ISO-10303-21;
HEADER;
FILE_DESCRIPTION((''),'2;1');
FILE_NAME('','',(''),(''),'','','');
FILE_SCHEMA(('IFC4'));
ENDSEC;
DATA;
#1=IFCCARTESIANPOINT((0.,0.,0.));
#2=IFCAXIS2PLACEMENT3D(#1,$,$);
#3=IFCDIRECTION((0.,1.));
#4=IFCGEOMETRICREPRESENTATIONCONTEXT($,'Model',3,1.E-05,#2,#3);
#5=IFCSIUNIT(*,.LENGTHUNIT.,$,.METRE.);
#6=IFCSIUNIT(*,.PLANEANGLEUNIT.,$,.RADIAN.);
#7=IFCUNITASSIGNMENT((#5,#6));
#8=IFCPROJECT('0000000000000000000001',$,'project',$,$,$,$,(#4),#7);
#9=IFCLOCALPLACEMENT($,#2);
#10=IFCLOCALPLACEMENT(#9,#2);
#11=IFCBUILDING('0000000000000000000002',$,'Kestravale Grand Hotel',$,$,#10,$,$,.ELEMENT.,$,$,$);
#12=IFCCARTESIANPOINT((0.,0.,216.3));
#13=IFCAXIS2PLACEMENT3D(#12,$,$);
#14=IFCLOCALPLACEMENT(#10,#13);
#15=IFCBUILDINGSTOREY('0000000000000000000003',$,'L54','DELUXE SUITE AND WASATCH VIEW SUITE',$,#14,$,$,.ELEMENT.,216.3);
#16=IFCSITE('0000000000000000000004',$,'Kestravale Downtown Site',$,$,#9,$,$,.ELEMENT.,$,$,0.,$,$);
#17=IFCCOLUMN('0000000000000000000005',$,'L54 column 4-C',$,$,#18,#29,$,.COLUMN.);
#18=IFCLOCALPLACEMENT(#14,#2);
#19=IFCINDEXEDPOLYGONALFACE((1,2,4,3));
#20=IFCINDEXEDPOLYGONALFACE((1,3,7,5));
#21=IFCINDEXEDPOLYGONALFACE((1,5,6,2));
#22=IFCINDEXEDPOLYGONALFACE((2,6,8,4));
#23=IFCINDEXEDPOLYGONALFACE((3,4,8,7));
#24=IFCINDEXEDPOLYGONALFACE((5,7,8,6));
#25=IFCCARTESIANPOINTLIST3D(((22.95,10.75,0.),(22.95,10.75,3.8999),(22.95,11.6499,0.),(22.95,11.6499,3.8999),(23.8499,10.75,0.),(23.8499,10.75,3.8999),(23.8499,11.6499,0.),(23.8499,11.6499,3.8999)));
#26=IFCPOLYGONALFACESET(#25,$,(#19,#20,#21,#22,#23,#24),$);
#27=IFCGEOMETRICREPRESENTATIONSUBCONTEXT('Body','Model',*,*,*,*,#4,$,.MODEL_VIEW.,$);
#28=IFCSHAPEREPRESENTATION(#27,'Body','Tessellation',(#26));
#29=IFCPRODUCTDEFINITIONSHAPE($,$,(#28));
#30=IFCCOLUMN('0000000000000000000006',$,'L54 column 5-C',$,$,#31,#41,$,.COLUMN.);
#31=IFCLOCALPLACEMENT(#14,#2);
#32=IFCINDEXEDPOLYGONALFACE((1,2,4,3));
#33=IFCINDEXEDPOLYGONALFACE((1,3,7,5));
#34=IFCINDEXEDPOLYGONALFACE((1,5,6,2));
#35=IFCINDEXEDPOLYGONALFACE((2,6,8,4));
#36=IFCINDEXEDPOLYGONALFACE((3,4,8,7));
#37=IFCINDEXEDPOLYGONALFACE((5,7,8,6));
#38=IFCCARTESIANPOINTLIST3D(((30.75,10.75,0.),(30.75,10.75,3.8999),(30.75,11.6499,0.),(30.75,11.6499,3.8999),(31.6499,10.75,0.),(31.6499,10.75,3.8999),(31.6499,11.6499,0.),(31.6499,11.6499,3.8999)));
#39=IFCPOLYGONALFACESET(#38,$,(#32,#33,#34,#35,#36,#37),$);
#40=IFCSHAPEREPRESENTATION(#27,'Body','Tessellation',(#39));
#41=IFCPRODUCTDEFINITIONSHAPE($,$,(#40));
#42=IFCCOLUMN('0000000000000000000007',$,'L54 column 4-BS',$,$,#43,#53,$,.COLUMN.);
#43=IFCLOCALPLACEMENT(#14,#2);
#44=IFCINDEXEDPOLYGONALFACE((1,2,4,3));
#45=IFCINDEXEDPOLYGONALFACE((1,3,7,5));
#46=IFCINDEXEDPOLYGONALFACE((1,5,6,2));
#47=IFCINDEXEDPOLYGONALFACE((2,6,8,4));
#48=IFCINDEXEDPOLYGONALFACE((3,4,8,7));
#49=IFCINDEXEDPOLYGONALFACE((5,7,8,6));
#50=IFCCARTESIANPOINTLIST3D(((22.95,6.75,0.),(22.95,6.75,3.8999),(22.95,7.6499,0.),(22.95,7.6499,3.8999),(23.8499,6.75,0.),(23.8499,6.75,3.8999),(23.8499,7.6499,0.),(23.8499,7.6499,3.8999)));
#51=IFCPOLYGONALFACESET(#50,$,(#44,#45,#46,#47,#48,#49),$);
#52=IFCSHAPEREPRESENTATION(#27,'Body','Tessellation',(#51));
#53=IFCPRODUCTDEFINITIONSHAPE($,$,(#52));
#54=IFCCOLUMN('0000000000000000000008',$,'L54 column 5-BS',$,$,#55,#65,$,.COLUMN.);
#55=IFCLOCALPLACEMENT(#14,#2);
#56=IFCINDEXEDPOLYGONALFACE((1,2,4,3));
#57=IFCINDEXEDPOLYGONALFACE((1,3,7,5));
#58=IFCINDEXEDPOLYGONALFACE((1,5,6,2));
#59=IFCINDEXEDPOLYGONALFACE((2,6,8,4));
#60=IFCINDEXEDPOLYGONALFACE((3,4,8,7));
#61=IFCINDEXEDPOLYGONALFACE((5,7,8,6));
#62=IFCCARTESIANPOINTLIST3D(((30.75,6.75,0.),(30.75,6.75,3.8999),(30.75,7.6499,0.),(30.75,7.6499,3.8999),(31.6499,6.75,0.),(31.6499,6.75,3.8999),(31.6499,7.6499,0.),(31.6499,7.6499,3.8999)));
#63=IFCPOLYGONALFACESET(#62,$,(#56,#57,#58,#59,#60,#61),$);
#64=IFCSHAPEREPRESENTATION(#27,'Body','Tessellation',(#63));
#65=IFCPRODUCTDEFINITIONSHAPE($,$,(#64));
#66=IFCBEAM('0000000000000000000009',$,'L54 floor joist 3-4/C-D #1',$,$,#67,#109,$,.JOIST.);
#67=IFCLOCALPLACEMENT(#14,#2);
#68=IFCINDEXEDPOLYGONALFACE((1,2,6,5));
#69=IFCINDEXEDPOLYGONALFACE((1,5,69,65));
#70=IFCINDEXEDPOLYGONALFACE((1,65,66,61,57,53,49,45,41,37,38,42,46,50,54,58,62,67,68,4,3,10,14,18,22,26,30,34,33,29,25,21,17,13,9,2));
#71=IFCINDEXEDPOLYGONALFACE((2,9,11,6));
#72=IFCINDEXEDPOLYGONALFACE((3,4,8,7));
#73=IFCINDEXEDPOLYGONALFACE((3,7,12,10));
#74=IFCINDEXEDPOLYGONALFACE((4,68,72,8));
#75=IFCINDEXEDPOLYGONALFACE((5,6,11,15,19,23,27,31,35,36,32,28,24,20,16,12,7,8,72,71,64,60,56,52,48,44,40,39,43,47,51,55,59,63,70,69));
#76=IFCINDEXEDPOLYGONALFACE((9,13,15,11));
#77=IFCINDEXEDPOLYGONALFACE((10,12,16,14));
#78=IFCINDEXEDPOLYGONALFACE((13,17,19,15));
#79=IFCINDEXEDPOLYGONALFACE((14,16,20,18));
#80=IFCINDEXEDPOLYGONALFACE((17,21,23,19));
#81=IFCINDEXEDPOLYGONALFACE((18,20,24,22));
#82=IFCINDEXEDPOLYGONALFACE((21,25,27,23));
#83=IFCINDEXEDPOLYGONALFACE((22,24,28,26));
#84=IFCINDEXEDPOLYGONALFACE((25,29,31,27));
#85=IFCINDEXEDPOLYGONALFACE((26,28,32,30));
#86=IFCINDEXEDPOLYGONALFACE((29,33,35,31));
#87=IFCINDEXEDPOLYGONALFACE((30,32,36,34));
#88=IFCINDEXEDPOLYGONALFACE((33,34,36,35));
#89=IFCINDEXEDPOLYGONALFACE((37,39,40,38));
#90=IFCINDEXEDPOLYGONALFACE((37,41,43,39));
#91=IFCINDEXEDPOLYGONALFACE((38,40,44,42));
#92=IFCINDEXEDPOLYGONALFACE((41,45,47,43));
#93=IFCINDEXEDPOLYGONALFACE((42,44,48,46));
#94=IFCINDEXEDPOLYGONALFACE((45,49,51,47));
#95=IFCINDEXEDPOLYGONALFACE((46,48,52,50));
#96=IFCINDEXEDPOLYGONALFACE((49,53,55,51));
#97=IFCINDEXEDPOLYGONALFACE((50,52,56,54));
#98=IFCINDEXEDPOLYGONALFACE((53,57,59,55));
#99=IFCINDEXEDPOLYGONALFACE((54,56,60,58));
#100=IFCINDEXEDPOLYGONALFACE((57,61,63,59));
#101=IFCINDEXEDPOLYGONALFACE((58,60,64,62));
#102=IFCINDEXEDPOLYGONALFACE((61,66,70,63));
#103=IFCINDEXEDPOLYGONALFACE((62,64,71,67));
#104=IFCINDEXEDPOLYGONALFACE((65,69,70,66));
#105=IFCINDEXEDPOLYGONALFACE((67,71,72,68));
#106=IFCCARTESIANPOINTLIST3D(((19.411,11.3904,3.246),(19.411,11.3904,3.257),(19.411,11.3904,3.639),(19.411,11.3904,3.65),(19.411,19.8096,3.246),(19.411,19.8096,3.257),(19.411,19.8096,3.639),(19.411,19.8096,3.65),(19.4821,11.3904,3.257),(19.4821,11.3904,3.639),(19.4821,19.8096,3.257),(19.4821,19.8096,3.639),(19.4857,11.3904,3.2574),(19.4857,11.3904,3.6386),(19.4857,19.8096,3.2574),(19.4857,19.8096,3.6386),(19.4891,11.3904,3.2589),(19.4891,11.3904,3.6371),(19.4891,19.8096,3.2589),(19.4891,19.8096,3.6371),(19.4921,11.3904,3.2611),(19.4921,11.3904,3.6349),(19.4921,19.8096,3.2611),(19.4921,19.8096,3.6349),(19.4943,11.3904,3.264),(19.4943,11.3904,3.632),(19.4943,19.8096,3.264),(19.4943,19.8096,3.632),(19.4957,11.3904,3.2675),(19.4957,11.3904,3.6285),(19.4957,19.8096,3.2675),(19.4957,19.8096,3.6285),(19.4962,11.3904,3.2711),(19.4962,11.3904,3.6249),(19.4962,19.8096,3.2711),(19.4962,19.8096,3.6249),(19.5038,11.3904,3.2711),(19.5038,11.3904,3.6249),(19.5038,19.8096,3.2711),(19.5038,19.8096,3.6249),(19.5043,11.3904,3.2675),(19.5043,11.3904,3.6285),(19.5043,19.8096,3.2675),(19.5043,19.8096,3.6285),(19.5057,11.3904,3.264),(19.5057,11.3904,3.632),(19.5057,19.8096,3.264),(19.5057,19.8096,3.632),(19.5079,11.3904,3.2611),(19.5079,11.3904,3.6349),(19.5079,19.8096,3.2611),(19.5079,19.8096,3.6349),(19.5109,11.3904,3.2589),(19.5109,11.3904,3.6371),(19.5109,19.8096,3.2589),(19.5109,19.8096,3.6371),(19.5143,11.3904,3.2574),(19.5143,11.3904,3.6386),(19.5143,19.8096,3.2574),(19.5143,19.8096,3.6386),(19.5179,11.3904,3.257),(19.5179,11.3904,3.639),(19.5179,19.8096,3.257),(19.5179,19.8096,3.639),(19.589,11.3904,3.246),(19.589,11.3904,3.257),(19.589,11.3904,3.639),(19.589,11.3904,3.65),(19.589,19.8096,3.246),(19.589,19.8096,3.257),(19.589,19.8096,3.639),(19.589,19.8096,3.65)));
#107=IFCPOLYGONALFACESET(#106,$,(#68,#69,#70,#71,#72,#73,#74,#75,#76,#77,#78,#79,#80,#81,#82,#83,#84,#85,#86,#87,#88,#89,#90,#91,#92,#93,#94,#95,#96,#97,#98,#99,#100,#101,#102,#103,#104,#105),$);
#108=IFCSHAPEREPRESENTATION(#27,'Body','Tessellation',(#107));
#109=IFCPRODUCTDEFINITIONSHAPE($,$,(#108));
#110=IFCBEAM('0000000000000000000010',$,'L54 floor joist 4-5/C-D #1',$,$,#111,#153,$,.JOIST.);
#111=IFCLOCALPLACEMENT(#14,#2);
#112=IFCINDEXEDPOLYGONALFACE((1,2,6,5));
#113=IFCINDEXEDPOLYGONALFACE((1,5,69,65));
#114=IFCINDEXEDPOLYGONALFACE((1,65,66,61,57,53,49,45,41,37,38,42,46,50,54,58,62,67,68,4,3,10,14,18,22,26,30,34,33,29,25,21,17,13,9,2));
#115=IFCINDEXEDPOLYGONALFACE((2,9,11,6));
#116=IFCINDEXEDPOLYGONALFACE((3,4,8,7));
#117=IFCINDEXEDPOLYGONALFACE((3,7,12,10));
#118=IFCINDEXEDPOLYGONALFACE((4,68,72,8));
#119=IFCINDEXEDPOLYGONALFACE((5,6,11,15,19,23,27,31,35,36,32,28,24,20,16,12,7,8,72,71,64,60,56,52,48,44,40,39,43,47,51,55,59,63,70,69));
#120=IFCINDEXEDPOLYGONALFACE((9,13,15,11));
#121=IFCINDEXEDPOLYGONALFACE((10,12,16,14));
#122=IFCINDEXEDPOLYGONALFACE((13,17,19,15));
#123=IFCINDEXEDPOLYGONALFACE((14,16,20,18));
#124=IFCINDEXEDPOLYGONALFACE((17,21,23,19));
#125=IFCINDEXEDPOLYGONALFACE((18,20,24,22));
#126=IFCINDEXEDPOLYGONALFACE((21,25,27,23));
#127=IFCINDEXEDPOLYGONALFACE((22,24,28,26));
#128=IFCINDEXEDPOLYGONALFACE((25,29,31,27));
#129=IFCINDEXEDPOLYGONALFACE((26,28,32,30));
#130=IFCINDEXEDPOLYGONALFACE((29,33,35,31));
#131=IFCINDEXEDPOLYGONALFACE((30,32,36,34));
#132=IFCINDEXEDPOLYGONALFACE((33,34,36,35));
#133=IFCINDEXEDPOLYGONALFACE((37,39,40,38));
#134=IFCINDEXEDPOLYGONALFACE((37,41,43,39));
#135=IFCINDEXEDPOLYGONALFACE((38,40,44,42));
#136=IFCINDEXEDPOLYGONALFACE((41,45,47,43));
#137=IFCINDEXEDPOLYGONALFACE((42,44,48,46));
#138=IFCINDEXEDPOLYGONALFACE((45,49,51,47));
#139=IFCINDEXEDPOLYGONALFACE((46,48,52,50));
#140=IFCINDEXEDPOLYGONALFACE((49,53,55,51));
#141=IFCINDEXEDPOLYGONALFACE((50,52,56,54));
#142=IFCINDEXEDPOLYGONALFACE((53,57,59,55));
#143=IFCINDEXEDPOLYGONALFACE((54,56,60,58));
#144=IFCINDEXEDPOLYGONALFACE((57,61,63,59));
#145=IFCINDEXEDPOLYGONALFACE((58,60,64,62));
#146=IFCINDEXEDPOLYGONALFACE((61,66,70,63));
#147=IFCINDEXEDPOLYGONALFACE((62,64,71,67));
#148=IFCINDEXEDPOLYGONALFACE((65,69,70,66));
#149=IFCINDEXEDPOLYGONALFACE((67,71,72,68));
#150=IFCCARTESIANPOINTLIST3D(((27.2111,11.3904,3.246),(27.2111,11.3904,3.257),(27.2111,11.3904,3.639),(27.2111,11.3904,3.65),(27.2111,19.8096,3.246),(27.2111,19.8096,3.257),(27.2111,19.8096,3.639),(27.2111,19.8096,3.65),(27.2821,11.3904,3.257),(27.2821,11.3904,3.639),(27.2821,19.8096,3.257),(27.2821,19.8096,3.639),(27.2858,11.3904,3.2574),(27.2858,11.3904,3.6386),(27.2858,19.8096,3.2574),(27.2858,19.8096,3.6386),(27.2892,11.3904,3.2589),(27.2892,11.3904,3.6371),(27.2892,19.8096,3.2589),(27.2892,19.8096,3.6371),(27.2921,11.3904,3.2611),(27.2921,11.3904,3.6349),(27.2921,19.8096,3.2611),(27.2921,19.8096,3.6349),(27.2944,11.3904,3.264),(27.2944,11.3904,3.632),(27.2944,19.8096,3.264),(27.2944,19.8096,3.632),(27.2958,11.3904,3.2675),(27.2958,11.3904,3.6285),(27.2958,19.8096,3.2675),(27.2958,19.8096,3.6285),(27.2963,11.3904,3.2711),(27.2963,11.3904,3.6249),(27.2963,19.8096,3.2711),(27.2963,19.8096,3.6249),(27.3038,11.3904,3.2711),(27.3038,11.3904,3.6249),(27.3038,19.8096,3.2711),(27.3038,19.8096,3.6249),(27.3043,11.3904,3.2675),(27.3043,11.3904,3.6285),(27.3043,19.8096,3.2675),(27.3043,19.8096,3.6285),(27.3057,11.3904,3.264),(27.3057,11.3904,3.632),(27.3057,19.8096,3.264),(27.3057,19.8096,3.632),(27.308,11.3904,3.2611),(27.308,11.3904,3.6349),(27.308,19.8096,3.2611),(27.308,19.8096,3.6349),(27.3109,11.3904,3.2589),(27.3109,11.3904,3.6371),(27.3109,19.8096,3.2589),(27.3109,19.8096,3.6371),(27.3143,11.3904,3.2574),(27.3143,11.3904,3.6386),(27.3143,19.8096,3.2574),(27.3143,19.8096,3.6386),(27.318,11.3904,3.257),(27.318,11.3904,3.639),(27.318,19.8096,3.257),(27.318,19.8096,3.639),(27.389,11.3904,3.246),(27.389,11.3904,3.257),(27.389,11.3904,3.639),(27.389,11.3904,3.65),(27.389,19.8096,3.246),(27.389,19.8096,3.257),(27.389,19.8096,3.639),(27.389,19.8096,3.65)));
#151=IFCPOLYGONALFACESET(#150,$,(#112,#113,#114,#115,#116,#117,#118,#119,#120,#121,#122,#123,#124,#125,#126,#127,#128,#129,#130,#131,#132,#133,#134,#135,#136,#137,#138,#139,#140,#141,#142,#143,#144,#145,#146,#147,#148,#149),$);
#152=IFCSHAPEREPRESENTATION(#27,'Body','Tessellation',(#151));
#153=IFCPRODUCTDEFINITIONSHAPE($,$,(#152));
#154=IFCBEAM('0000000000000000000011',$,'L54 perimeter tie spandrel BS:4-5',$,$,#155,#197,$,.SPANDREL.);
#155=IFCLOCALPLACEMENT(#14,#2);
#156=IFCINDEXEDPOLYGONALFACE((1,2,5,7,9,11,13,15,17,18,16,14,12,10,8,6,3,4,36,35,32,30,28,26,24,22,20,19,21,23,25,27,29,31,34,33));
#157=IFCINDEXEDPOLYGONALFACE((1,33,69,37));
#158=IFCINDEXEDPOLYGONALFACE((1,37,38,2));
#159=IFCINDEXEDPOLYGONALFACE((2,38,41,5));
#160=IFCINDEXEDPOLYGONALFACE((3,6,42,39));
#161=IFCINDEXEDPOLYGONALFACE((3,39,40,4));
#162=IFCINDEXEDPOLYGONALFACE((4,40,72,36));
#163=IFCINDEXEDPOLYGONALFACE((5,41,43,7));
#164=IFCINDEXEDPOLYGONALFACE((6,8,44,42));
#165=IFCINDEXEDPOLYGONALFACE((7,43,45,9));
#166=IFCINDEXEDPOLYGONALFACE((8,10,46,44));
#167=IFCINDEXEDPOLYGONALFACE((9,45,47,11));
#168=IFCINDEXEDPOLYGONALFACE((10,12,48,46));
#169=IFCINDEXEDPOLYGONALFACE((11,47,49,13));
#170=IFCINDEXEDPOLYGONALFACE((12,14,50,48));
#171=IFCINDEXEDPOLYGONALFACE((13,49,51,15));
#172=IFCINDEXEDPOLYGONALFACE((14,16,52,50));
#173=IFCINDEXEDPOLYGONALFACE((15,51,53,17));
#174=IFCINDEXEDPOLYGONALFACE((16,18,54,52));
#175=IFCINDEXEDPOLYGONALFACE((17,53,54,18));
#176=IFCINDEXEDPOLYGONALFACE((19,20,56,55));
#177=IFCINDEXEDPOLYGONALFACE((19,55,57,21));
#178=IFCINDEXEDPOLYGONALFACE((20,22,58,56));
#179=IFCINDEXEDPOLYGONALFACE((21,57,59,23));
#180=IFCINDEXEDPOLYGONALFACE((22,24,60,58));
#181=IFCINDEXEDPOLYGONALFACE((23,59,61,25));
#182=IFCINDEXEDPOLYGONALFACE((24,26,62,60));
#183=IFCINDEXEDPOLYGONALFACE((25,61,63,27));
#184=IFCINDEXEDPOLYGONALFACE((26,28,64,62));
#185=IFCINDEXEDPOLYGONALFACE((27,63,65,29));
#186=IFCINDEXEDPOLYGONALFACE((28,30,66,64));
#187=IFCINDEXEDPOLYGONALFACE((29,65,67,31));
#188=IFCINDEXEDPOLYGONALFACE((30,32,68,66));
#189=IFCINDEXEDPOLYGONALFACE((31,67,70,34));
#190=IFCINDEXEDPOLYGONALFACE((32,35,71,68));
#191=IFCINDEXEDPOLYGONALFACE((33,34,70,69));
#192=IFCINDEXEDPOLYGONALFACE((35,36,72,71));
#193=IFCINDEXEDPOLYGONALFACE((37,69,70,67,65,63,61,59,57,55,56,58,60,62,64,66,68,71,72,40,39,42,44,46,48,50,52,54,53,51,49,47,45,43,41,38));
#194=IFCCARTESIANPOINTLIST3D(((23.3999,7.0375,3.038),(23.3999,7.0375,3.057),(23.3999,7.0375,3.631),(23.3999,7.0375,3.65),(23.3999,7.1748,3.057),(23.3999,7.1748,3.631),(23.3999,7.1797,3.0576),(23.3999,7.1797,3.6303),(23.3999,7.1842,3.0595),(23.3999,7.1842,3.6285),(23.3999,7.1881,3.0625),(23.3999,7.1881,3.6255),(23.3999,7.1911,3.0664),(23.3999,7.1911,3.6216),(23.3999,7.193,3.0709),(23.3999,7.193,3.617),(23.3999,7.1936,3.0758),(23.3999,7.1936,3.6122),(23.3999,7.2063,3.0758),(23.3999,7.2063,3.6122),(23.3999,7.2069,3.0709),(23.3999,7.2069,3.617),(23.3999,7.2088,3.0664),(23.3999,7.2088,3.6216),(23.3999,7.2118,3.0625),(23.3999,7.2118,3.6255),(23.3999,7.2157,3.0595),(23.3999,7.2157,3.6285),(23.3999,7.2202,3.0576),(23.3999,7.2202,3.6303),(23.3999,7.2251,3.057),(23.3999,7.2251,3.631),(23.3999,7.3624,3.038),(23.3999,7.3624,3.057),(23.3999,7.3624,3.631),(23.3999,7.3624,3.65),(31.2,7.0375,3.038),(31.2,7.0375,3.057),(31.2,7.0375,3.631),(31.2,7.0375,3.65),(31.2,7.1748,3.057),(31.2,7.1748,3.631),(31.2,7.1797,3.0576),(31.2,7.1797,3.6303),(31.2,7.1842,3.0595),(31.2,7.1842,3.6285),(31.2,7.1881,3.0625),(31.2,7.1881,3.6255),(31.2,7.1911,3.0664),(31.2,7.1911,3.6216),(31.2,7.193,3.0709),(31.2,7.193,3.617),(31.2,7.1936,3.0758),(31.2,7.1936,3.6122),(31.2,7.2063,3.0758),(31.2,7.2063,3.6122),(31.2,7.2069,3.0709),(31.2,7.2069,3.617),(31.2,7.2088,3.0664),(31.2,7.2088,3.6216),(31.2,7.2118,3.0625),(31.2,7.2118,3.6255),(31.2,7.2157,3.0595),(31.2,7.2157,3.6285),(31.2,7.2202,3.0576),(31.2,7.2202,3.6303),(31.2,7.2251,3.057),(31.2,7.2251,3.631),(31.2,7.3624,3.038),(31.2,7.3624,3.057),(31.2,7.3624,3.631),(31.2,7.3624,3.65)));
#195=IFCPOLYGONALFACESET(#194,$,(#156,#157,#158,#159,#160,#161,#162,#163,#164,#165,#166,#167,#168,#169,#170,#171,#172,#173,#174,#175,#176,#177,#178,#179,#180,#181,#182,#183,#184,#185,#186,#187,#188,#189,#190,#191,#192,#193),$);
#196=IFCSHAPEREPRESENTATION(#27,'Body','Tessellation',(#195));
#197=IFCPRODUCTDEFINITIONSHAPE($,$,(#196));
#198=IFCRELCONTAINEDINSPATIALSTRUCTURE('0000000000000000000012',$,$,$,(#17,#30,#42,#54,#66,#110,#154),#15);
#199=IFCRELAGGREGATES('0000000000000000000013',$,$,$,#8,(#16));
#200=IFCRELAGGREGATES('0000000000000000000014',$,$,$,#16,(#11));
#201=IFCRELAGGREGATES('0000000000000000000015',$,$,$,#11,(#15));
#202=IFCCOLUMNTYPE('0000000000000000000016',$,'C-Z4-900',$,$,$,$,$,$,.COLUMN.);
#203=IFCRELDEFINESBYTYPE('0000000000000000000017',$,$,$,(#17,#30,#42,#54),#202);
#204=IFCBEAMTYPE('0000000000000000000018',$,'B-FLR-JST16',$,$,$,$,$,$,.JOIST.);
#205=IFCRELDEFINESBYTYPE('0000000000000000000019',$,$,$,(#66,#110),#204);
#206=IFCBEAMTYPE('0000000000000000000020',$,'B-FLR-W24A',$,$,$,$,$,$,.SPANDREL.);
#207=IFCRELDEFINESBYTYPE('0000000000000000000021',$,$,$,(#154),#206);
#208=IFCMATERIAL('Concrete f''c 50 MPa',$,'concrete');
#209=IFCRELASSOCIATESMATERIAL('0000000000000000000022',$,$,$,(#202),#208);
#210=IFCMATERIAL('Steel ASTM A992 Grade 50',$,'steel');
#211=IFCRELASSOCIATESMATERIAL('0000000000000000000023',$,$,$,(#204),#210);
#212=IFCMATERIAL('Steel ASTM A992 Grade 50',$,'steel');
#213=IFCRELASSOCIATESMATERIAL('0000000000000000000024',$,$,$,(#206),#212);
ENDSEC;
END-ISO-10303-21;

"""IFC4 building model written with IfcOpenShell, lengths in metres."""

from ifc_helpers import new_model, si_unit, direction, frame, origin, origin_2d, place, context, subcontext, project, spatial, rectangle, i_section, extrude, material, material_profile, profile_set, type_object, element, save


model = new_model("IFC4")

# Units and contexts
model_context = context("Model", 3, precision=1e-05, world=origin(), true_north=direction((0.0, 1.0)))
body_context = subcontext(model_context, "Body", "Model", "MODEL_VIEW")
ifc_project = project(units=[si_unit("LENGTHUNIT", "METRE"), si_unit("PLANEANGLEUNIT", "RADIAN")], contexts=[model_context])

# Site, building, storey
site_placement = place(None, origin())
site = spatial("IfcSite", under=ifc_project, at=site_placement, Name="Kestravale Downtown Site", CompositionType="ELEMENT", RefElevation=0.0)
building_placement = place(site_placement, origin())
building = spatial("IfcBuilding", under=site, at=building_placement, Name="Kestravale Grand Hotel", CompositionType="ELEMENT")
storey_placement = place(building_placement, frame((0.0, 0.0, 216.3)))
storey = spatial("IfcBuildingStorey", under=building, at=storey_placement, Name="L54", Description="DELUXE SUITE AND WASATCH VIEW SUITE", CompositionType="ELEMENT", Elevation=216.3)

# Columns
ifc_material_1 = material(Name="Concrete f'c 50 MPa", Category="concrete")
ifc_material_profile_1 = material_profile(ifc_material_1, rectangle(XDim=0.8999, YDim=0.8999, at=origin_2d()))
ifc_profile_set_1 = profile_set([ifc_material_profile_1], Name="Concrete f'c 50 MPa")
column_type = type_object("IfcColumnType", Name="C-Z4-900", PredefinedType="COLUMN", material=ifc_profile_set_1)
for number, where, z_axis, x_axis, name in (
    (1, (23.3999, 11.2, 0.0), (0.0, 0.0, 1.0), (1.0, 0.0, 0.0), "L54 column 4-C"),
    (2, (31.2, 11.2, 0.0), (0.0, 0.0, 1.0), (1.0, 0.0, 0.0), "L54 column 5-C"),
    (3, (23.3999, 7.2, 0.0), (0.0, 0.0, 1.0), (1.0, 0.0, 0.0), "L54 column 4-BS"),
    (4, (31.2, 7.2, 0.0), (0.0, 0.0, 1.0), (1.0, 0.0, 0.0), "L54 column 5-BS"),
):
    element("IfcColumn", number, at=place(storey_placement, frame(where, z_axis=z_axis, x_axis=x_axis)), inside=storey, type_object=column_type, Name=name, PredefinedType="COLUMN", context=body_context, shape_type="SweptSolid", body=[
        extrude(rectangle(XDim=0.8999, YDim=0.8999, at=origin_2d()), origin(), (0.0, 0.0, 1.0), 3.8999),
    ])

# Beams
ifc_material_2 = material(Name="Steel ASTM A992 Grade 50", Category="steel")
ifc_material_profile_2 = material_profile(ifc_material_2, i_section(OverallWidth=0.178, OverallDepth=0.4041, WebThickness=0.0076, FlangeThickness=0.011, FilletRadius=0.0142, at=origin_2d()))
ifc_profile_set_2 = profile_set([ifc_material_profile_2], Name="Steel ASTM A992 Grade 50")
beam_type_1 = type_object("IfcBeamType", Name="B-FLR-JST16", PredefinedType="JOIST", material=ifc_profile_set_2)
for number, where, z_axis, x_axis, name in (
    (5, (19.5, 11.3904, 3.448), (0.0, 1.0, 0.0), (-1.0, 0.0, 0.0), "L54 floor joist 3-4/C-D #1"),
    (6, (27.3, 11.3904, 3.448), (0.0, 1.0, 0.0), (-1.0, 0.0, 0.0), "L54 floor joist 4-5/C-D #1"),
):
    element("IfcBeam", number, at=place(storey_placement, frame(where, z_axis=z_axis, x_axis=x_axis)), inside=storey, type_object=beam_type_1, Name=name, PredefinedType="JOIST", context=body_context, shape_type="SweptSolid", body=[
        extrude(i_section(OverallWidth=0.178, OverallDepth=0.4041, WebThickness=0.0076, FlangeThickness=0.011, FilletRadius=0.0142, at=origin_2d()), origin(), (0.0, 0.0, 1.0), 8.4192),
    ])
ifc_material_3 = material(Name="Steel ASTM A992 Grade 50", Category="steel")
ifc_material_profile_3 = material_profile(ifc_material_3, i_section(OverallWidth=0.325, OverallDepth=0.6121, WebThickness=0.0127, FlangeThickness=0.019, FilletRadius=0.0188, at=origin_2d()))
ifc_profile_set_3 = profile_set([ifc_material_profile_3], Name="Steel ASTM A992 Grade 50")
beam_type_2 = type_object("IfcBeamType", Name="B-FLR-W24A", PredefinedType="SPANDREL", material=ifc_profile_set_3)
beam_1_placement = place(storey_placement, frame((23.3999, 7.2, 3.344), z_axis=(1.0, 0.0, 0.0), x_axis=(0.0, 1.0, 0.0)))
element("IfcBeam", 7, at=beam_1_placement, inside=storey, type_object=beam_type_2, Name="L54 perimeter tie spandrel BS:4-5", PredefinedType="SPANDREL", context=body_context, shape_type="SweptSolid", body=[
    extrude(i_section(OverallWidth=0.325, OverallDepth=0.6121, WebThickness=0.0127, FlangeThickness=0.019, FilletRadius=0.0188, at=origin_2d()), origin(), (0.0, 0.0, 1.0), 7.8),
])

save(model, "model.ifc")
